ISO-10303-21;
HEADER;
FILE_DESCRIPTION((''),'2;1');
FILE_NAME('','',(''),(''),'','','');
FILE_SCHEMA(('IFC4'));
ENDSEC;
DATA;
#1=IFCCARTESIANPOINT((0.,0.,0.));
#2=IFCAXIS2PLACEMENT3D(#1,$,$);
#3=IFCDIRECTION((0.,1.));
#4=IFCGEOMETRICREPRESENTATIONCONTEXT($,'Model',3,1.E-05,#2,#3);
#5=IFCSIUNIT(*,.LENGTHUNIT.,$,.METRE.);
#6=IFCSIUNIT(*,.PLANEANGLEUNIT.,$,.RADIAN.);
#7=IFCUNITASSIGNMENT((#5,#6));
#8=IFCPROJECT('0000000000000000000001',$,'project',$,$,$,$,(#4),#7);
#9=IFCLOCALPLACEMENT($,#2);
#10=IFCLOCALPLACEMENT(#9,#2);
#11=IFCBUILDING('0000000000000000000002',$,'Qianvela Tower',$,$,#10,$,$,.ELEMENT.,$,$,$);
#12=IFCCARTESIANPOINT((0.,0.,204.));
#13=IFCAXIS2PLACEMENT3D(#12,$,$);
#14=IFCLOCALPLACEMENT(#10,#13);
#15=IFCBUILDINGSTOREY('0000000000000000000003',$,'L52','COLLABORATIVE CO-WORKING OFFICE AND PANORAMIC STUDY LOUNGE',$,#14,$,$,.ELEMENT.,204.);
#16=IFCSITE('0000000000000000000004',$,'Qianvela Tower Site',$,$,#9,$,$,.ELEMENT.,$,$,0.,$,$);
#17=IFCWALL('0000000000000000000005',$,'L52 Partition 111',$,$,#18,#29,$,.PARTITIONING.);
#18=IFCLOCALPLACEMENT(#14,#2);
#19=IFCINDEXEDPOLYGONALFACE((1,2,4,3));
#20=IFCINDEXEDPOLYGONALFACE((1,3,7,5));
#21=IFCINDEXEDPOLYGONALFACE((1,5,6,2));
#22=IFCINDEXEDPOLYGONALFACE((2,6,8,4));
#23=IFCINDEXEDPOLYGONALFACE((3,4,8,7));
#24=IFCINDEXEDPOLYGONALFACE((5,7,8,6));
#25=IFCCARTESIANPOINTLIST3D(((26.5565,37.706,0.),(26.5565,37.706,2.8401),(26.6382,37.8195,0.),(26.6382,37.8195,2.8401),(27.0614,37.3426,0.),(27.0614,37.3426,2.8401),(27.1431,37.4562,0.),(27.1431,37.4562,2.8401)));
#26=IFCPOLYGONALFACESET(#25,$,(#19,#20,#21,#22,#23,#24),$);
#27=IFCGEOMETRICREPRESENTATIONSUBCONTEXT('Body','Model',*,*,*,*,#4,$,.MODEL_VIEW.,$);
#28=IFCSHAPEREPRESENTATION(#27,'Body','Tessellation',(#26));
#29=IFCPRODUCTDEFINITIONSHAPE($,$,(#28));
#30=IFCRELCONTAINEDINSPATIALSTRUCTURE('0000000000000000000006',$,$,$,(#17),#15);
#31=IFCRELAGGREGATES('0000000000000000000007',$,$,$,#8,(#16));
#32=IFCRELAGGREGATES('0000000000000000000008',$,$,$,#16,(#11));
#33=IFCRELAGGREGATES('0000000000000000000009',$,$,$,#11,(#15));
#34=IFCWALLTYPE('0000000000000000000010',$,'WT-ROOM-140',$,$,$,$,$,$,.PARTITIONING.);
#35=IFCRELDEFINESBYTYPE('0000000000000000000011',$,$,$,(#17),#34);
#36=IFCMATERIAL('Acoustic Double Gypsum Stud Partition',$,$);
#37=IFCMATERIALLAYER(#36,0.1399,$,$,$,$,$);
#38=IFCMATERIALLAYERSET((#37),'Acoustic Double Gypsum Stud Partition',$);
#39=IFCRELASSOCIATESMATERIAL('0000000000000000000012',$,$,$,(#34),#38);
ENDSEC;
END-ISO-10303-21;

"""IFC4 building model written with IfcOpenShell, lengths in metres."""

from ifc_helpers import new_model, si_unit, direction, frame, frame_2d, origin, place, context, subcontext, project, spatial, rectangle, extrude, material, layer, layer_set, type_object, element, save


model = new_model("IFC4")

# Units and contexts
model_context = context("Model", 3, precision=1e-05, world=origin(), true_north=direction((0.0, 1.0)))
body_context = subcontext(model_context, "Body", "Model", "MODEL_VIEW")
ifc_project = project(units=[si_unit("LENGTHUNIT", "METRE"), si_unit("PLANEANGLEUNIT", "RADIAN")], contexts=[model_context])

# Site, building, storey
site_placement = place(None, origin())
site = spatial("IfcSite", under=ifc_project, at=site_placement, Name="Qianvela Tower Site", CompositionType="ELEMENT", RefElevation=0.0)
building_placement = place(site_placement, origin())
building = spatial("IfcBuilding", under=site, at=building_placement, Name="Qianvela Tower", CompositionType="ELEMENT")
storey_placement = place(building_placement, frame((0.0, 0.0, 204.0)))
storey = spatial("IfcBuildingStorey", under=building, at=storey_placement, Name="L52", Description="COLLABORATIVE CO-WORKING OFFICE AND PANORAMIC STUDY LOUNGE", CompositionType="ELEMENT", Elevation=204.0)

# Wall
ifc_material_1 = material(Name="Acoustic Double Gypsum Stud Partition")
ifc_layer_1 = layer(ifc_material_1, 0.1399)
ifc_layer_set_1 = layer_set([ifc_layer_1], Name="Acoustic Double Gypsum Stud Partition")
wall_type_1 = type_object("IfcWallType", Name="WT-ROOM-140", PredefinedType="PARTITIONING", material=ifc_layer_set_1)
wall_1_placement = place(storey_placement, frame((27.1023, 37.3994, 0.0), z_axis=(0.0, 0.0, 1.0), x_axis=(-0.811713, 0.584057, 0.0)))
element("IfcWall", 1, at=wall_1_placement, inside=storey, type_object=wall_type_1, Name="L52 Partition 111", PredefinedType="PARTITIONING", context=body_context, shape_type="SweptSolid", body=[
    extrude(rectangle(XDim=0.6221, YDim=0.1399, at=frame_2d((0.311, 0.0))), origin(), (0.0, 0.0, 1.0), 2.8401),
])

save(model, "model.ifc")
